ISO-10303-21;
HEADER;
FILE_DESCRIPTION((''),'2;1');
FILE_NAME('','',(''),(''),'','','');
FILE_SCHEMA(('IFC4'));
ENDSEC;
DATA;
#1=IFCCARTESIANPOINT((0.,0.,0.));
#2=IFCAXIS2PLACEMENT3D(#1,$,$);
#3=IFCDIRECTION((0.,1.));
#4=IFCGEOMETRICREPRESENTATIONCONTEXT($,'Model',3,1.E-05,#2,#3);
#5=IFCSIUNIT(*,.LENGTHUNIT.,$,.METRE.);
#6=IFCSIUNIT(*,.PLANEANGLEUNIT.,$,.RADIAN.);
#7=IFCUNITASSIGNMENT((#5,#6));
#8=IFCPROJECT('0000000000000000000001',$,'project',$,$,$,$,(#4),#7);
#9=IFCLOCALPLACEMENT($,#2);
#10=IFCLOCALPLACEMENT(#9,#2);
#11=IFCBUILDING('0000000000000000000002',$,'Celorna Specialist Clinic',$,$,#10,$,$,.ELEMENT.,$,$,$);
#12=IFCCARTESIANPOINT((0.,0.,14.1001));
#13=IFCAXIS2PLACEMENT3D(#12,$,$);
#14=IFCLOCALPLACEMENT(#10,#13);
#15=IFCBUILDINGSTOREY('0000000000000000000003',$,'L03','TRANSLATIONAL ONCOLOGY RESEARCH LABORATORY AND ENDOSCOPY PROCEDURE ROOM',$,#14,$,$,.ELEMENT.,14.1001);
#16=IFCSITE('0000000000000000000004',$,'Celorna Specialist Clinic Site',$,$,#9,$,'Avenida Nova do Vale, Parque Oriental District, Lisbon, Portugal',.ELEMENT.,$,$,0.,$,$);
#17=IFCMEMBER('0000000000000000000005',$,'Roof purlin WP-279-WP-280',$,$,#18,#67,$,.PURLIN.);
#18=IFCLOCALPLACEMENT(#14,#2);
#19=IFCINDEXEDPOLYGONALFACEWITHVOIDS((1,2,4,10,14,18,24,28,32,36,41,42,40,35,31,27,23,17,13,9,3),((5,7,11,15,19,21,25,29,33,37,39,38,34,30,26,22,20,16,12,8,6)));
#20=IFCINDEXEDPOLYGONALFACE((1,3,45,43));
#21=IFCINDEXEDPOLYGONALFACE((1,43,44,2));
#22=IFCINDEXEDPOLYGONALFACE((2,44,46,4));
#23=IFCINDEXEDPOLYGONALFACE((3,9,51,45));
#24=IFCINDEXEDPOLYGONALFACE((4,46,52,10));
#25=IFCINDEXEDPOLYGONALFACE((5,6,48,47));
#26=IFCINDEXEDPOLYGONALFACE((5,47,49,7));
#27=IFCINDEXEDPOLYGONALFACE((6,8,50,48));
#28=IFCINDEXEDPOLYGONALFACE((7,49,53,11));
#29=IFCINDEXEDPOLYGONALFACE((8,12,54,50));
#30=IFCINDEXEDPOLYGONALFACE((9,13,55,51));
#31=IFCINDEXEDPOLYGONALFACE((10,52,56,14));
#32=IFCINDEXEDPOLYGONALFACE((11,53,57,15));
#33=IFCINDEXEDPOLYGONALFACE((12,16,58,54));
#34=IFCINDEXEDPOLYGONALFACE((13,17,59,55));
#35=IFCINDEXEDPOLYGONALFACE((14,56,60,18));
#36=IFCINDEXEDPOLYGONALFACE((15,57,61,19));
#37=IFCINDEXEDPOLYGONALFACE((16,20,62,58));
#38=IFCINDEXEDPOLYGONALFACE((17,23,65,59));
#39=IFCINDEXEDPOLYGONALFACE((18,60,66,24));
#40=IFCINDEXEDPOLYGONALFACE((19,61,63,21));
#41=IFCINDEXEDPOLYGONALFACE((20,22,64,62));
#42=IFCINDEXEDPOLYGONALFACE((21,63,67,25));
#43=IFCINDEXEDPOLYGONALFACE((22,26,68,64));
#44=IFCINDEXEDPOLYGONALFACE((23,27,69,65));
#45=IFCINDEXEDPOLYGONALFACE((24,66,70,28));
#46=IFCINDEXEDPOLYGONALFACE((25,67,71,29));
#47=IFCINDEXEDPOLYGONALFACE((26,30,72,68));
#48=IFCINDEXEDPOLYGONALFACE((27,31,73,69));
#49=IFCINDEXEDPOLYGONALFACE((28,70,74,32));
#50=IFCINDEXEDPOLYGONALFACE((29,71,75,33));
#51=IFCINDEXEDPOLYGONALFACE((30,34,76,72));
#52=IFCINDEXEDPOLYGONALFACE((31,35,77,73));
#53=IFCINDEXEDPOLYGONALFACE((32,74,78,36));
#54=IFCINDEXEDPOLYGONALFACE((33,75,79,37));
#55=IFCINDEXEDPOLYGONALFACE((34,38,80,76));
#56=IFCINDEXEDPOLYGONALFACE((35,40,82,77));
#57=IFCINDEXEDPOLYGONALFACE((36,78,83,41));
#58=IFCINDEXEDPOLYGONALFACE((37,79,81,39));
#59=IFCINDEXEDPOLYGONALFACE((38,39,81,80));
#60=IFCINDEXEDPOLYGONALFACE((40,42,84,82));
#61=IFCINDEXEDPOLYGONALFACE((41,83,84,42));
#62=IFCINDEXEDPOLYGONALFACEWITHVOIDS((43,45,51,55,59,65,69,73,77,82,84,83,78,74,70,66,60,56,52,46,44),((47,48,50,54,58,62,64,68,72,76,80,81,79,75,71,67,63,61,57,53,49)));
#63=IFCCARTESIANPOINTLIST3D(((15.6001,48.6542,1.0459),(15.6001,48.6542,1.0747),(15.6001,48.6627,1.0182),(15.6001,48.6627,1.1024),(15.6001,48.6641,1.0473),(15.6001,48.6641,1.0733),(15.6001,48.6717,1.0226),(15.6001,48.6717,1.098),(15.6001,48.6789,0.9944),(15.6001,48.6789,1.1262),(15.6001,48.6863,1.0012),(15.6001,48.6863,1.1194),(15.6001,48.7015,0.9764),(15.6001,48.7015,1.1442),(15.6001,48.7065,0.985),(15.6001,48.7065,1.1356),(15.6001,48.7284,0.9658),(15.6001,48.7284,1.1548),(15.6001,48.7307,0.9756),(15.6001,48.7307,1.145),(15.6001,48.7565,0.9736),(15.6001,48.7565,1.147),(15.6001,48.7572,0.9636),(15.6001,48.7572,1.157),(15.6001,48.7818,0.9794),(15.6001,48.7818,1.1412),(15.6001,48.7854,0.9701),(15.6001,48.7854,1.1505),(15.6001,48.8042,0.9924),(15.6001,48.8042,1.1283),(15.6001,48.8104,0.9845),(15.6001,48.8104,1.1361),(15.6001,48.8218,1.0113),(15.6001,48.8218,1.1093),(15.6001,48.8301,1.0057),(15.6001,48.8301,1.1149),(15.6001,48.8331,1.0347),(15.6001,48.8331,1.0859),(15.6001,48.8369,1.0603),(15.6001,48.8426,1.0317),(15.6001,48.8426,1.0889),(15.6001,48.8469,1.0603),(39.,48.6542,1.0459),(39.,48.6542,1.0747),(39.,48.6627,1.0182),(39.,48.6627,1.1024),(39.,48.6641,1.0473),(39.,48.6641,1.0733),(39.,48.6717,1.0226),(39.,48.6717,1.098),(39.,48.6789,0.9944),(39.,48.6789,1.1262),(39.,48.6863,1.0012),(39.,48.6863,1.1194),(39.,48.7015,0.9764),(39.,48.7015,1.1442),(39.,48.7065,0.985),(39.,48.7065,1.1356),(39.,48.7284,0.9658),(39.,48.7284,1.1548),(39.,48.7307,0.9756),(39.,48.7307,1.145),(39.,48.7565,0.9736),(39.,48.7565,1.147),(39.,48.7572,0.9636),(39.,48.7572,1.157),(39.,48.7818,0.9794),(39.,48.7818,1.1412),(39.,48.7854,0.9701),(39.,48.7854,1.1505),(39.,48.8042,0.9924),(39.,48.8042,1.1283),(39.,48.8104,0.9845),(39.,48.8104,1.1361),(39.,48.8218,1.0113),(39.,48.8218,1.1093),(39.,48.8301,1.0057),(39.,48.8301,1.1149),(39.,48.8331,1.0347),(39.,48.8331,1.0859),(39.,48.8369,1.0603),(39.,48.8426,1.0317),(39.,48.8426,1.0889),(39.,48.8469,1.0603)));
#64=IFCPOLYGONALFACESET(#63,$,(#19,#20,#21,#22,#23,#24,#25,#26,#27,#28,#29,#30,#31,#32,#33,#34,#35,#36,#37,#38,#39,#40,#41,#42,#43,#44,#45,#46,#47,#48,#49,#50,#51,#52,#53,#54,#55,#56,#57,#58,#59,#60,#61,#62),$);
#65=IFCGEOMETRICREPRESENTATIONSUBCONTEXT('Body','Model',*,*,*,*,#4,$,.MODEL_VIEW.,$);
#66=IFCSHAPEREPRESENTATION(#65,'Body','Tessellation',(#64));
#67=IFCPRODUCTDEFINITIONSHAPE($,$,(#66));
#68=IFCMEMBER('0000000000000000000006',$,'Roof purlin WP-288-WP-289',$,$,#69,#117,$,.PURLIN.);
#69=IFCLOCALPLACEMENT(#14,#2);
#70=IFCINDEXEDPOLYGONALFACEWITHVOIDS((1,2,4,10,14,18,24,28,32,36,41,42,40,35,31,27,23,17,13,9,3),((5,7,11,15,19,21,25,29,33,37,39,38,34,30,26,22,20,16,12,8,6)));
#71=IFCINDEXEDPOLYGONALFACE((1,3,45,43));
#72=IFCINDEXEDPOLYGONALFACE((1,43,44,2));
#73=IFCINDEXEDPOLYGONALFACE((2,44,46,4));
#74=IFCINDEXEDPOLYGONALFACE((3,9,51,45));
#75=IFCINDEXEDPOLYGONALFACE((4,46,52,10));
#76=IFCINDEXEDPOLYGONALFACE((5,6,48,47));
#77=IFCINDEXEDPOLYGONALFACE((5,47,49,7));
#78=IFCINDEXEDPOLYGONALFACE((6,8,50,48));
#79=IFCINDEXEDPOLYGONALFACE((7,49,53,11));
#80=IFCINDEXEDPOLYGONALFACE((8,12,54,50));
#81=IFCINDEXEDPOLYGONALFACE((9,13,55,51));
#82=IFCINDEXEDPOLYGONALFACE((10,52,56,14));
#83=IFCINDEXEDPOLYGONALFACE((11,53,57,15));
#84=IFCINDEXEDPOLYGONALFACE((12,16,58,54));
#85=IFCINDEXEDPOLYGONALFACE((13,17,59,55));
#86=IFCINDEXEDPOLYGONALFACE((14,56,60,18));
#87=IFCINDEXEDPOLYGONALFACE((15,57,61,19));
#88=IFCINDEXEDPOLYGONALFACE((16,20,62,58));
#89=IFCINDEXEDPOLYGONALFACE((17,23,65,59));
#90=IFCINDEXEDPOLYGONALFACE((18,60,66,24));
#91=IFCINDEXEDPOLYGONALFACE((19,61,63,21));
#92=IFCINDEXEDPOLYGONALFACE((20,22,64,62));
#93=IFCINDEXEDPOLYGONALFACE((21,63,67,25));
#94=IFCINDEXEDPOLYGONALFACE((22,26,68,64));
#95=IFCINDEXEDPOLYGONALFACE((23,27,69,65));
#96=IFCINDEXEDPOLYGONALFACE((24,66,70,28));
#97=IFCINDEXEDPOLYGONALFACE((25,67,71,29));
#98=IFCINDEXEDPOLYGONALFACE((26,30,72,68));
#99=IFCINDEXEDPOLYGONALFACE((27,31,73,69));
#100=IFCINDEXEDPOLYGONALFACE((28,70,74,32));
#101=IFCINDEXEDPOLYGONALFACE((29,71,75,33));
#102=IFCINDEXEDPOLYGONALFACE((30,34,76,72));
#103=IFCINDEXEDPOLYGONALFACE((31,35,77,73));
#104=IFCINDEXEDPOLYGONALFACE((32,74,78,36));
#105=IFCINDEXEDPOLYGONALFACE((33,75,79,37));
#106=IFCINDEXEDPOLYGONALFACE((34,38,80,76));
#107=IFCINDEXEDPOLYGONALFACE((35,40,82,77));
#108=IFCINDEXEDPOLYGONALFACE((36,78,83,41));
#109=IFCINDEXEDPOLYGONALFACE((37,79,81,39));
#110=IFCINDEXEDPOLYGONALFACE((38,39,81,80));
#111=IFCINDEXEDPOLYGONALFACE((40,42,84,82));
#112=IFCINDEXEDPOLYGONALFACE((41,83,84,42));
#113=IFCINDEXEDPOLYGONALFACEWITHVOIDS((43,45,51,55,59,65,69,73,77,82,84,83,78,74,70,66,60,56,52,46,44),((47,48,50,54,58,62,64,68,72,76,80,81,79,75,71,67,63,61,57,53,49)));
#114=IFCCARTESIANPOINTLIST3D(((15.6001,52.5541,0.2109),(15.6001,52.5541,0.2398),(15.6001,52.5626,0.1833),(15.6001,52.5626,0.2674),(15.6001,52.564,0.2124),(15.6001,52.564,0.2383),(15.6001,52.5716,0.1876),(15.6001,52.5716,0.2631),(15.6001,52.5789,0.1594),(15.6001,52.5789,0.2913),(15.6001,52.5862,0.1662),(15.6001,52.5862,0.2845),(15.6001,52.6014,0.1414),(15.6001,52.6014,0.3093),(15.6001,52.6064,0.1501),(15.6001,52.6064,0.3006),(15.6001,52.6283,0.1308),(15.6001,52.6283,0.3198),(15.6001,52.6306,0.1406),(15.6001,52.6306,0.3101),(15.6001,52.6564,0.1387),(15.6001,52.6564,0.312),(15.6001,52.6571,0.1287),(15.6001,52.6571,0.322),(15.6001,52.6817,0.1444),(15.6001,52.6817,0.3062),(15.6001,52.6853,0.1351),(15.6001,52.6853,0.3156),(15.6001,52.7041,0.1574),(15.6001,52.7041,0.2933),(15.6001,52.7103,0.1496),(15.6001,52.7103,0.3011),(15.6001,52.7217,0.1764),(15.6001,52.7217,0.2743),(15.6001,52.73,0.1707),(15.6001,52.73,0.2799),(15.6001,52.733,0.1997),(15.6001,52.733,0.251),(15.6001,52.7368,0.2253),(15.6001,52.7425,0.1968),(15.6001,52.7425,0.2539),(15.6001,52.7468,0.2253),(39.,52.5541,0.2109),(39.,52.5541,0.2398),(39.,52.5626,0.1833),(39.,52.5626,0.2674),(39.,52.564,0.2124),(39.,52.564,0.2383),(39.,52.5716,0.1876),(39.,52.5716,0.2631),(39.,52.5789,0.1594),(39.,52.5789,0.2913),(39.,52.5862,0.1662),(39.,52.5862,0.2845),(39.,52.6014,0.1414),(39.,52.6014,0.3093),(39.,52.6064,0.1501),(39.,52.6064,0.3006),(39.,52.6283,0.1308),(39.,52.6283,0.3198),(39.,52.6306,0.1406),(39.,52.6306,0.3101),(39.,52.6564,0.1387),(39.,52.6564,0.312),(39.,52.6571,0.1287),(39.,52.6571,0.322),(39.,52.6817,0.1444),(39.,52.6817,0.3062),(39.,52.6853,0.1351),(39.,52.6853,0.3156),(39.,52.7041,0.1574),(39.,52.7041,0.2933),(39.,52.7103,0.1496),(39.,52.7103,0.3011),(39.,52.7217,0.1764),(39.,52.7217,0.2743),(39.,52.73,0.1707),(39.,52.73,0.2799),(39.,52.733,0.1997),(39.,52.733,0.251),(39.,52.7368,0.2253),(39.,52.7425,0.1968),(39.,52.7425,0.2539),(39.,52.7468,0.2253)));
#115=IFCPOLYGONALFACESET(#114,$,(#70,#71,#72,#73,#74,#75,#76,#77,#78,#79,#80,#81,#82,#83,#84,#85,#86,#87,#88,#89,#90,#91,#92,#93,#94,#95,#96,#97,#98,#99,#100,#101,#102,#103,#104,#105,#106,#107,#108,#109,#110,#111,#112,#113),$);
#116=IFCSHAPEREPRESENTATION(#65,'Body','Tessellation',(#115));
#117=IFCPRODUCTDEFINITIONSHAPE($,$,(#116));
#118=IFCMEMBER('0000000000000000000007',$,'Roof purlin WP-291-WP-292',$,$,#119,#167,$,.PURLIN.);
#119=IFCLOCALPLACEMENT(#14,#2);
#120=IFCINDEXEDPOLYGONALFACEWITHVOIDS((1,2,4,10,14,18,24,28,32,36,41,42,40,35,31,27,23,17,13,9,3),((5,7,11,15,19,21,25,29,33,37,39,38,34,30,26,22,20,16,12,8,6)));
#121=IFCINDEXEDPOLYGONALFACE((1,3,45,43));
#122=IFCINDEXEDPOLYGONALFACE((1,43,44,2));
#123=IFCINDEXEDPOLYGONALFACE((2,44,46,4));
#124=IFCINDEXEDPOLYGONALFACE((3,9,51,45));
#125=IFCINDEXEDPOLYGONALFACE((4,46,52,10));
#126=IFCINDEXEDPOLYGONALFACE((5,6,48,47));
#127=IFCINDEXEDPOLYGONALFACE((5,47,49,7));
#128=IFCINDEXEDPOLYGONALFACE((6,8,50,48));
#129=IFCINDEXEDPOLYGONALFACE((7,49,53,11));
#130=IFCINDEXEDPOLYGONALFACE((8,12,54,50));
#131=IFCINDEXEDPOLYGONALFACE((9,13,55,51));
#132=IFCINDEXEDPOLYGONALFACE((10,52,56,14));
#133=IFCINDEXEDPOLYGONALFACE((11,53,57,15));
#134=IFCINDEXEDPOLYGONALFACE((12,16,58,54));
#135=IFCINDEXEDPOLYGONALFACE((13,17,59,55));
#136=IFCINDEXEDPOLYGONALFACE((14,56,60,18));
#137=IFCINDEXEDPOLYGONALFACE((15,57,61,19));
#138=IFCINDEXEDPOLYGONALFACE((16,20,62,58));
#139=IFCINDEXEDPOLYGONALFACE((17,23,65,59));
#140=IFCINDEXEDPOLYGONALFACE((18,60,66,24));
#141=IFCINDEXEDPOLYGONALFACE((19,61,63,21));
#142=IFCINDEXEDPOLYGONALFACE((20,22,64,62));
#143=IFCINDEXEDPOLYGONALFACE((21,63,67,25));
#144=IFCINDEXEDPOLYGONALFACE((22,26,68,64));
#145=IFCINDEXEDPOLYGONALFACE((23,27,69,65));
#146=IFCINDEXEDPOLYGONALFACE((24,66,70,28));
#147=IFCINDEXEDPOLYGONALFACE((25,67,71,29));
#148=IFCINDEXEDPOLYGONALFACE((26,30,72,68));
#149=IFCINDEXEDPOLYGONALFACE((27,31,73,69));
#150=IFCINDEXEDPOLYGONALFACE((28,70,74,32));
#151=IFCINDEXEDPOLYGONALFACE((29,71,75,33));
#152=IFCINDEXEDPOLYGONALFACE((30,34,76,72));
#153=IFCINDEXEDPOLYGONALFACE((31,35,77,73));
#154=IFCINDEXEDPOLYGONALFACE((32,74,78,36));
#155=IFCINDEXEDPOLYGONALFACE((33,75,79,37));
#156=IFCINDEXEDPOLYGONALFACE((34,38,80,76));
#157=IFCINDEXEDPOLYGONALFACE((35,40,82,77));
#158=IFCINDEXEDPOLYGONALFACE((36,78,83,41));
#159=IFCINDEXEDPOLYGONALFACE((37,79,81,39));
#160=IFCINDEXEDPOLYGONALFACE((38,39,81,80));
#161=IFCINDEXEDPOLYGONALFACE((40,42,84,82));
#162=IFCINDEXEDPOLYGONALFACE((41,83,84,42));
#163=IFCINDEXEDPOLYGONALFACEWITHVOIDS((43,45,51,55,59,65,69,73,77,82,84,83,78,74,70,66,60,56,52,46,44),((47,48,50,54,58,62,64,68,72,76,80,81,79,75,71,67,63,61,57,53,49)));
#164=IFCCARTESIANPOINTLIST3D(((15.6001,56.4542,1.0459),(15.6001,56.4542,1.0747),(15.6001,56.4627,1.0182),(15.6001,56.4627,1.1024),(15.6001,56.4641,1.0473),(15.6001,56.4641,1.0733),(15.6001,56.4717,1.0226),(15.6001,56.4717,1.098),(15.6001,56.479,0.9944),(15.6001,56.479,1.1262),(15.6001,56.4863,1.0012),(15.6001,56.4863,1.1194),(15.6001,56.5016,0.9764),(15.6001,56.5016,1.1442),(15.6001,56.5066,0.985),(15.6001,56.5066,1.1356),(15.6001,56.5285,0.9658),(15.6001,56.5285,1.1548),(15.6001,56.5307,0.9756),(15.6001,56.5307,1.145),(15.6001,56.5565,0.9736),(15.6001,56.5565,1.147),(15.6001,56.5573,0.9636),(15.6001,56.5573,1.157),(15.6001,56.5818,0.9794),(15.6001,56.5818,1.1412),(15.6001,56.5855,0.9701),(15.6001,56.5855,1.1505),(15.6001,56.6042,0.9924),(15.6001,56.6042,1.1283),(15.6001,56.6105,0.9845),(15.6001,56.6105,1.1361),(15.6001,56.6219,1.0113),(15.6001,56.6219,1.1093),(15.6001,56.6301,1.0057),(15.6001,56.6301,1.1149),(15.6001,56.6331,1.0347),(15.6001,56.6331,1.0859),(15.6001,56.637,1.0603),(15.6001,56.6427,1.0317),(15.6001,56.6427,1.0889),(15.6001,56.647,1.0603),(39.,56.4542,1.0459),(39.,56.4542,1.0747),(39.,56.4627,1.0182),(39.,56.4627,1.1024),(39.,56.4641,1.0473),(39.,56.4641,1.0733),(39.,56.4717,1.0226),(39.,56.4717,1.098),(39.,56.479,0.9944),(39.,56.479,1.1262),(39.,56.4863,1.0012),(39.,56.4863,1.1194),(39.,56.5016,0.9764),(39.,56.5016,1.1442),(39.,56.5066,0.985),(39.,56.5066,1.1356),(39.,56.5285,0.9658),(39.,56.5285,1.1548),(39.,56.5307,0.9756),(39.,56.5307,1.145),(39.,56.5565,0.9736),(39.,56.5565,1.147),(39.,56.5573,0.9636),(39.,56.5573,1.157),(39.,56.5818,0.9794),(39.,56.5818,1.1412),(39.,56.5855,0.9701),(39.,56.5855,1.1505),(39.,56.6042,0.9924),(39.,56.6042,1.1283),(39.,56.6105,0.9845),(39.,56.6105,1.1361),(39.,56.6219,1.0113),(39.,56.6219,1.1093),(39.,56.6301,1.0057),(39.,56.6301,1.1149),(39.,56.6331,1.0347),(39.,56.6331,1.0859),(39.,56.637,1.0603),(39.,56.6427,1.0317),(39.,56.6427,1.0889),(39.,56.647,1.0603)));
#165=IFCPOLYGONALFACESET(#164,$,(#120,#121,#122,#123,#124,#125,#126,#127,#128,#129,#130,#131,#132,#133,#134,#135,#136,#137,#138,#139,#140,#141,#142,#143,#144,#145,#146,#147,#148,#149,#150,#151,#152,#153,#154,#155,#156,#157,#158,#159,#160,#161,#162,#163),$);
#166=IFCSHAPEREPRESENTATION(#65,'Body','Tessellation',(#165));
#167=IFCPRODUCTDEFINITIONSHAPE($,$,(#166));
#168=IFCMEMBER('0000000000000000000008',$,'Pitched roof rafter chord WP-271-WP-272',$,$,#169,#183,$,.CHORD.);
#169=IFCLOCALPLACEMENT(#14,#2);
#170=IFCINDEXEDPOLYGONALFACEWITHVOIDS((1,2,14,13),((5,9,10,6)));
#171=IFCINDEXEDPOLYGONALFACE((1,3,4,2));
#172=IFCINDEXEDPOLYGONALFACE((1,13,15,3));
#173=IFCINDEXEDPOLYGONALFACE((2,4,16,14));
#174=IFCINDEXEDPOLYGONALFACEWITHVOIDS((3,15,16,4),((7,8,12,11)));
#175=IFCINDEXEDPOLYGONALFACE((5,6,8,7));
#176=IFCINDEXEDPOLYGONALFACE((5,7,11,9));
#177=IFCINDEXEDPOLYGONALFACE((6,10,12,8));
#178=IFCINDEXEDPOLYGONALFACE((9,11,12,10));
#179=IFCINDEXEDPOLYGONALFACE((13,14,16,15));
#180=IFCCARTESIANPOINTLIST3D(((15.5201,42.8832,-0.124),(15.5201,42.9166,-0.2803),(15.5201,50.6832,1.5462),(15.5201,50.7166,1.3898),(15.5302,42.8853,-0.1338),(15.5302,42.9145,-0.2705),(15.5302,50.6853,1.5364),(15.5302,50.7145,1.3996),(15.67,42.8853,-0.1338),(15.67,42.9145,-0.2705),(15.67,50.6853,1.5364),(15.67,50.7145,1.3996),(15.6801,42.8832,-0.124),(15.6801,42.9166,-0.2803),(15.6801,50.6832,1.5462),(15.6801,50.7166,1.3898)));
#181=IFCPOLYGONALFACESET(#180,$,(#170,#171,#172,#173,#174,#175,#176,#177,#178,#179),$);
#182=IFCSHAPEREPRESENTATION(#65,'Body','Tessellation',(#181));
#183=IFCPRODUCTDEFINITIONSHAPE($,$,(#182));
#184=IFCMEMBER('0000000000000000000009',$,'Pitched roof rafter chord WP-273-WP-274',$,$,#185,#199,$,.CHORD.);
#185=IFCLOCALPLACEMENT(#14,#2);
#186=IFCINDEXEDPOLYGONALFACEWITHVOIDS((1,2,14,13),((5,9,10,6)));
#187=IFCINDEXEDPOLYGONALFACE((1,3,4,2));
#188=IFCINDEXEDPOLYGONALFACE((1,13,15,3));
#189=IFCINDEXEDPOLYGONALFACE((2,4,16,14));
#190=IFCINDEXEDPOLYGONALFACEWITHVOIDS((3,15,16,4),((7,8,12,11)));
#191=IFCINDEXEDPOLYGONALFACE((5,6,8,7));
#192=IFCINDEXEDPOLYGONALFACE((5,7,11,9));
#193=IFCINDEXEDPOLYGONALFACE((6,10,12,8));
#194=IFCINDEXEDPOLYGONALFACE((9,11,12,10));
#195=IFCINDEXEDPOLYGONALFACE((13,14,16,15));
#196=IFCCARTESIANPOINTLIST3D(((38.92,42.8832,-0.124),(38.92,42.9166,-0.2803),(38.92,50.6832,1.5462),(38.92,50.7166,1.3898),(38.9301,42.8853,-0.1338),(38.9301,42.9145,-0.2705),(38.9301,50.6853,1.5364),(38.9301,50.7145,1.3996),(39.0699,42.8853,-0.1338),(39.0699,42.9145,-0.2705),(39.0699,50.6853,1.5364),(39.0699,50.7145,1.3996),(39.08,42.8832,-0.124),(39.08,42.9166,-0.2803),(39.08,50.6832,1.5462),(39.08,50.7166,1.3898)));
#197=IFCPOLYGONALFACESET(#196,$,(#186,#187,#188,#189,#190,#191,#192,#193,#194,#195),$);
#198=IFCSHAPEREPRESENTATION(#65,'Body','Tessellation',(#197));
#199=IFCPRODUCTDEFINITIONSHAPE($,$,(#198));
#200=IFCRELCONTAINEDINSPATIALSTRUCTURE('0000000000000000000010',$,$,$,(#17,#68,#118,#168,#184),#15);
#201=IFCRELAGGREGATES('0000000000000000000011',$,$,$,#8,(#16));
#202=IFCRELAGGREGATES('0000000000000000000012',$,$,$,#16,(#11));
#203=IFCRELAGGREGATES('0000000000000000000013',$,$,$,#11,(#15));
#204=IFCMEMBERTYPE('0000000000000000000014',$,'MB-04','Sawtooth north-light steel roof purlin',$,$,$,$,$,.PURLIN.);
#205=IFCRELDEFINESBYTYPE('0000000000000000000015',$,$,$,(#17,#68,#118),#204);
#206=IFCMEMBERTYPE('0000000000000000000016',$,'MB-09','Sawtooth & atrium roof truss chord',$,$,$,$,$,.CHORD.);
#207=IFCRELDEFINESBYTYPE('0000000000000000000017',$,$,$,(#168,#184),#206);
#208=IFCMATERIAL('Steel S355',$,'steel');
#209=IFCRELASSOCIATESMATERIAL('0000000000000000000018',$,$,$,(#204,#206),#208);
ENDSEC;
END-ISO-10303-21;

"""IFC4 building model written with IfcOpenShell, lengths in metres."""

from ifc_helpers import new_model, si_unit, direction, frame, origin, origin_2d, place, context, subcontext, project, spatial, hollow_rectangle, hollow_circle, extrude, material, material_profile, profile_set, type_object, element, save


model = new_model("IFC4")

# Units and contexts
model_context = context("Model", 3, precision=1e-05, world=origin(), true_north=direction((0.0, 1.0)))
body_context = subcontext(model_context, "Body", "Model", "MODEL_VIEW")
ifc_project = project(units=[si_unit("LENGTHUNIT", "METRE"), si_unit("PLANEANGLEUNIT", "RADIAN")], contexts=[model_context])

# Site, building, storey
site_placement = place(None, origin())
site = spatial("IfcSite", under=ifc_project, at=site_placement, Name="Celorna Specialist Clinic Site", LongName="Avenida Nova do Vale, Parque Oriental District, Lisbon, Portugal", CompositionType="ELEMENT", RefElevation=0.0)
building_placement = place(site_placement, origin())
building = spatial("IfcBuilding", under=site, at=building_placement, Name="Celorna Specialist Clinic", CompositionType="ELEMENT")
storey_placement = place(building_placement, frame((0.0, 0.0, 14.1001)))
storey = spatial("IfcBuildingStorey", under=building, at=storey_placement, Name="L03", Description="TRANSLATIONAL ONCOLOGY RESEARCH LABORATORY AND ENDOSCOPY PROCEDURE ROOM", CompositionType="ELEMENT", Elevation=14.1001)

# Shared definitions
ifc_material = material(Name="Steel S355", Category="steel")

# Members
ifc_material_profile_1 = material_profile(ifc_material, hollow_circle(Radius=0.0969, WallThickness=0.01, at=origin_2d()), Name="CHS 193.7x10")
ifc_profile_set_1 = profile_set([ifc_material_profile_1], Name="Steel S355")
member_type_1 = type_object("IfcMemberType", Name="MB-04", Description="Sawtooth north-light steel roof purlin", PredefinedType="PURLIN", material=ifc_profile_set_1)
for number, where, z_axis, x_axis, name in (
    (1, (15.6001, 48.75, 1.0603), (1.0, 0.0, 0.0), (0.0, 1.0, 0.0), "Roof purlin WP-279-WP-280"),
    (2, (15.6001, 52.6499, 0.2253), (1.0, 0.0, 0.0), (0.0, 1.0, 0.0), "Roof purlin WP-288-WP-289"),
    (3, (15.6001, 56.55, 1.0603), (1.0, 0.0, 0.0), (0.0, 1.0, 0.0), "Roof purlin WP-291-WP-292"),
):
    element("IfcMember", number, at=place(storey_placement, frame(where, z_axis=z_axis, x_axis=x_axis)), inside=storey, type_object=member_type_1, Name=name, PredefinedType="PURLIN", context=body_context, shape_type="SweptSolid", body=[
        extrude(hollow_circle(Radius=0.0969, WallThickness=0.01, at=origin_2d()), origin(), (0.0, 0.0, 1.0), 23.3999),
    ])
ifc_material_profile_2 = material_profile(ifc_material, hollow_rectangle(XDim=0.1599, YDim=0.1599, WallThickness=0.01, at=origin_2d()), Name="SHS 160x160x10")
ifc_profile_set_2 = profile_set([ifc_material_profile_2], Name="Steel S355")
member_type_2 = type_object("IfcMemberType", Name="MB-09", Description="Sawtooth & atrium roof truss chord", PredefinedType="CHORD", material=ifc_profile_set_2)
for number, where, z_axis, x_axis, name in (
    (4, (15.6001, 42.8999, -0.2021), (0.0, 0.977835, 0.209377), (-1.0, 0.0, 0.0), "Pitched roof rafter chord WP-271-WP-272"),
    (5, (39.0, 42.8999, -0.2021), (0.0, 0.977835, 0.209377), (-1.0, 0.0, 0.0), "Pitched roof rafter chord WP-273-WP-274"),
):
    element("IfcMember", number, at=place(storey_placement, frame(where, z_axis=z_axis, x_axis=x_axis)), inside=storey, type_object=member_type_2, Name=name, PredefinedType="CHORD", context=body_context, shape_type="SweptSolid", body=[
        extrude(hollow_rectangle(XDim=0.1599, YDim=0.1599, WallThickness=0.01, at=origin_2d()), origin(), (0.0, 0.0, 1.0), 7.9768),
    ])

save(model, "model.ifc")
